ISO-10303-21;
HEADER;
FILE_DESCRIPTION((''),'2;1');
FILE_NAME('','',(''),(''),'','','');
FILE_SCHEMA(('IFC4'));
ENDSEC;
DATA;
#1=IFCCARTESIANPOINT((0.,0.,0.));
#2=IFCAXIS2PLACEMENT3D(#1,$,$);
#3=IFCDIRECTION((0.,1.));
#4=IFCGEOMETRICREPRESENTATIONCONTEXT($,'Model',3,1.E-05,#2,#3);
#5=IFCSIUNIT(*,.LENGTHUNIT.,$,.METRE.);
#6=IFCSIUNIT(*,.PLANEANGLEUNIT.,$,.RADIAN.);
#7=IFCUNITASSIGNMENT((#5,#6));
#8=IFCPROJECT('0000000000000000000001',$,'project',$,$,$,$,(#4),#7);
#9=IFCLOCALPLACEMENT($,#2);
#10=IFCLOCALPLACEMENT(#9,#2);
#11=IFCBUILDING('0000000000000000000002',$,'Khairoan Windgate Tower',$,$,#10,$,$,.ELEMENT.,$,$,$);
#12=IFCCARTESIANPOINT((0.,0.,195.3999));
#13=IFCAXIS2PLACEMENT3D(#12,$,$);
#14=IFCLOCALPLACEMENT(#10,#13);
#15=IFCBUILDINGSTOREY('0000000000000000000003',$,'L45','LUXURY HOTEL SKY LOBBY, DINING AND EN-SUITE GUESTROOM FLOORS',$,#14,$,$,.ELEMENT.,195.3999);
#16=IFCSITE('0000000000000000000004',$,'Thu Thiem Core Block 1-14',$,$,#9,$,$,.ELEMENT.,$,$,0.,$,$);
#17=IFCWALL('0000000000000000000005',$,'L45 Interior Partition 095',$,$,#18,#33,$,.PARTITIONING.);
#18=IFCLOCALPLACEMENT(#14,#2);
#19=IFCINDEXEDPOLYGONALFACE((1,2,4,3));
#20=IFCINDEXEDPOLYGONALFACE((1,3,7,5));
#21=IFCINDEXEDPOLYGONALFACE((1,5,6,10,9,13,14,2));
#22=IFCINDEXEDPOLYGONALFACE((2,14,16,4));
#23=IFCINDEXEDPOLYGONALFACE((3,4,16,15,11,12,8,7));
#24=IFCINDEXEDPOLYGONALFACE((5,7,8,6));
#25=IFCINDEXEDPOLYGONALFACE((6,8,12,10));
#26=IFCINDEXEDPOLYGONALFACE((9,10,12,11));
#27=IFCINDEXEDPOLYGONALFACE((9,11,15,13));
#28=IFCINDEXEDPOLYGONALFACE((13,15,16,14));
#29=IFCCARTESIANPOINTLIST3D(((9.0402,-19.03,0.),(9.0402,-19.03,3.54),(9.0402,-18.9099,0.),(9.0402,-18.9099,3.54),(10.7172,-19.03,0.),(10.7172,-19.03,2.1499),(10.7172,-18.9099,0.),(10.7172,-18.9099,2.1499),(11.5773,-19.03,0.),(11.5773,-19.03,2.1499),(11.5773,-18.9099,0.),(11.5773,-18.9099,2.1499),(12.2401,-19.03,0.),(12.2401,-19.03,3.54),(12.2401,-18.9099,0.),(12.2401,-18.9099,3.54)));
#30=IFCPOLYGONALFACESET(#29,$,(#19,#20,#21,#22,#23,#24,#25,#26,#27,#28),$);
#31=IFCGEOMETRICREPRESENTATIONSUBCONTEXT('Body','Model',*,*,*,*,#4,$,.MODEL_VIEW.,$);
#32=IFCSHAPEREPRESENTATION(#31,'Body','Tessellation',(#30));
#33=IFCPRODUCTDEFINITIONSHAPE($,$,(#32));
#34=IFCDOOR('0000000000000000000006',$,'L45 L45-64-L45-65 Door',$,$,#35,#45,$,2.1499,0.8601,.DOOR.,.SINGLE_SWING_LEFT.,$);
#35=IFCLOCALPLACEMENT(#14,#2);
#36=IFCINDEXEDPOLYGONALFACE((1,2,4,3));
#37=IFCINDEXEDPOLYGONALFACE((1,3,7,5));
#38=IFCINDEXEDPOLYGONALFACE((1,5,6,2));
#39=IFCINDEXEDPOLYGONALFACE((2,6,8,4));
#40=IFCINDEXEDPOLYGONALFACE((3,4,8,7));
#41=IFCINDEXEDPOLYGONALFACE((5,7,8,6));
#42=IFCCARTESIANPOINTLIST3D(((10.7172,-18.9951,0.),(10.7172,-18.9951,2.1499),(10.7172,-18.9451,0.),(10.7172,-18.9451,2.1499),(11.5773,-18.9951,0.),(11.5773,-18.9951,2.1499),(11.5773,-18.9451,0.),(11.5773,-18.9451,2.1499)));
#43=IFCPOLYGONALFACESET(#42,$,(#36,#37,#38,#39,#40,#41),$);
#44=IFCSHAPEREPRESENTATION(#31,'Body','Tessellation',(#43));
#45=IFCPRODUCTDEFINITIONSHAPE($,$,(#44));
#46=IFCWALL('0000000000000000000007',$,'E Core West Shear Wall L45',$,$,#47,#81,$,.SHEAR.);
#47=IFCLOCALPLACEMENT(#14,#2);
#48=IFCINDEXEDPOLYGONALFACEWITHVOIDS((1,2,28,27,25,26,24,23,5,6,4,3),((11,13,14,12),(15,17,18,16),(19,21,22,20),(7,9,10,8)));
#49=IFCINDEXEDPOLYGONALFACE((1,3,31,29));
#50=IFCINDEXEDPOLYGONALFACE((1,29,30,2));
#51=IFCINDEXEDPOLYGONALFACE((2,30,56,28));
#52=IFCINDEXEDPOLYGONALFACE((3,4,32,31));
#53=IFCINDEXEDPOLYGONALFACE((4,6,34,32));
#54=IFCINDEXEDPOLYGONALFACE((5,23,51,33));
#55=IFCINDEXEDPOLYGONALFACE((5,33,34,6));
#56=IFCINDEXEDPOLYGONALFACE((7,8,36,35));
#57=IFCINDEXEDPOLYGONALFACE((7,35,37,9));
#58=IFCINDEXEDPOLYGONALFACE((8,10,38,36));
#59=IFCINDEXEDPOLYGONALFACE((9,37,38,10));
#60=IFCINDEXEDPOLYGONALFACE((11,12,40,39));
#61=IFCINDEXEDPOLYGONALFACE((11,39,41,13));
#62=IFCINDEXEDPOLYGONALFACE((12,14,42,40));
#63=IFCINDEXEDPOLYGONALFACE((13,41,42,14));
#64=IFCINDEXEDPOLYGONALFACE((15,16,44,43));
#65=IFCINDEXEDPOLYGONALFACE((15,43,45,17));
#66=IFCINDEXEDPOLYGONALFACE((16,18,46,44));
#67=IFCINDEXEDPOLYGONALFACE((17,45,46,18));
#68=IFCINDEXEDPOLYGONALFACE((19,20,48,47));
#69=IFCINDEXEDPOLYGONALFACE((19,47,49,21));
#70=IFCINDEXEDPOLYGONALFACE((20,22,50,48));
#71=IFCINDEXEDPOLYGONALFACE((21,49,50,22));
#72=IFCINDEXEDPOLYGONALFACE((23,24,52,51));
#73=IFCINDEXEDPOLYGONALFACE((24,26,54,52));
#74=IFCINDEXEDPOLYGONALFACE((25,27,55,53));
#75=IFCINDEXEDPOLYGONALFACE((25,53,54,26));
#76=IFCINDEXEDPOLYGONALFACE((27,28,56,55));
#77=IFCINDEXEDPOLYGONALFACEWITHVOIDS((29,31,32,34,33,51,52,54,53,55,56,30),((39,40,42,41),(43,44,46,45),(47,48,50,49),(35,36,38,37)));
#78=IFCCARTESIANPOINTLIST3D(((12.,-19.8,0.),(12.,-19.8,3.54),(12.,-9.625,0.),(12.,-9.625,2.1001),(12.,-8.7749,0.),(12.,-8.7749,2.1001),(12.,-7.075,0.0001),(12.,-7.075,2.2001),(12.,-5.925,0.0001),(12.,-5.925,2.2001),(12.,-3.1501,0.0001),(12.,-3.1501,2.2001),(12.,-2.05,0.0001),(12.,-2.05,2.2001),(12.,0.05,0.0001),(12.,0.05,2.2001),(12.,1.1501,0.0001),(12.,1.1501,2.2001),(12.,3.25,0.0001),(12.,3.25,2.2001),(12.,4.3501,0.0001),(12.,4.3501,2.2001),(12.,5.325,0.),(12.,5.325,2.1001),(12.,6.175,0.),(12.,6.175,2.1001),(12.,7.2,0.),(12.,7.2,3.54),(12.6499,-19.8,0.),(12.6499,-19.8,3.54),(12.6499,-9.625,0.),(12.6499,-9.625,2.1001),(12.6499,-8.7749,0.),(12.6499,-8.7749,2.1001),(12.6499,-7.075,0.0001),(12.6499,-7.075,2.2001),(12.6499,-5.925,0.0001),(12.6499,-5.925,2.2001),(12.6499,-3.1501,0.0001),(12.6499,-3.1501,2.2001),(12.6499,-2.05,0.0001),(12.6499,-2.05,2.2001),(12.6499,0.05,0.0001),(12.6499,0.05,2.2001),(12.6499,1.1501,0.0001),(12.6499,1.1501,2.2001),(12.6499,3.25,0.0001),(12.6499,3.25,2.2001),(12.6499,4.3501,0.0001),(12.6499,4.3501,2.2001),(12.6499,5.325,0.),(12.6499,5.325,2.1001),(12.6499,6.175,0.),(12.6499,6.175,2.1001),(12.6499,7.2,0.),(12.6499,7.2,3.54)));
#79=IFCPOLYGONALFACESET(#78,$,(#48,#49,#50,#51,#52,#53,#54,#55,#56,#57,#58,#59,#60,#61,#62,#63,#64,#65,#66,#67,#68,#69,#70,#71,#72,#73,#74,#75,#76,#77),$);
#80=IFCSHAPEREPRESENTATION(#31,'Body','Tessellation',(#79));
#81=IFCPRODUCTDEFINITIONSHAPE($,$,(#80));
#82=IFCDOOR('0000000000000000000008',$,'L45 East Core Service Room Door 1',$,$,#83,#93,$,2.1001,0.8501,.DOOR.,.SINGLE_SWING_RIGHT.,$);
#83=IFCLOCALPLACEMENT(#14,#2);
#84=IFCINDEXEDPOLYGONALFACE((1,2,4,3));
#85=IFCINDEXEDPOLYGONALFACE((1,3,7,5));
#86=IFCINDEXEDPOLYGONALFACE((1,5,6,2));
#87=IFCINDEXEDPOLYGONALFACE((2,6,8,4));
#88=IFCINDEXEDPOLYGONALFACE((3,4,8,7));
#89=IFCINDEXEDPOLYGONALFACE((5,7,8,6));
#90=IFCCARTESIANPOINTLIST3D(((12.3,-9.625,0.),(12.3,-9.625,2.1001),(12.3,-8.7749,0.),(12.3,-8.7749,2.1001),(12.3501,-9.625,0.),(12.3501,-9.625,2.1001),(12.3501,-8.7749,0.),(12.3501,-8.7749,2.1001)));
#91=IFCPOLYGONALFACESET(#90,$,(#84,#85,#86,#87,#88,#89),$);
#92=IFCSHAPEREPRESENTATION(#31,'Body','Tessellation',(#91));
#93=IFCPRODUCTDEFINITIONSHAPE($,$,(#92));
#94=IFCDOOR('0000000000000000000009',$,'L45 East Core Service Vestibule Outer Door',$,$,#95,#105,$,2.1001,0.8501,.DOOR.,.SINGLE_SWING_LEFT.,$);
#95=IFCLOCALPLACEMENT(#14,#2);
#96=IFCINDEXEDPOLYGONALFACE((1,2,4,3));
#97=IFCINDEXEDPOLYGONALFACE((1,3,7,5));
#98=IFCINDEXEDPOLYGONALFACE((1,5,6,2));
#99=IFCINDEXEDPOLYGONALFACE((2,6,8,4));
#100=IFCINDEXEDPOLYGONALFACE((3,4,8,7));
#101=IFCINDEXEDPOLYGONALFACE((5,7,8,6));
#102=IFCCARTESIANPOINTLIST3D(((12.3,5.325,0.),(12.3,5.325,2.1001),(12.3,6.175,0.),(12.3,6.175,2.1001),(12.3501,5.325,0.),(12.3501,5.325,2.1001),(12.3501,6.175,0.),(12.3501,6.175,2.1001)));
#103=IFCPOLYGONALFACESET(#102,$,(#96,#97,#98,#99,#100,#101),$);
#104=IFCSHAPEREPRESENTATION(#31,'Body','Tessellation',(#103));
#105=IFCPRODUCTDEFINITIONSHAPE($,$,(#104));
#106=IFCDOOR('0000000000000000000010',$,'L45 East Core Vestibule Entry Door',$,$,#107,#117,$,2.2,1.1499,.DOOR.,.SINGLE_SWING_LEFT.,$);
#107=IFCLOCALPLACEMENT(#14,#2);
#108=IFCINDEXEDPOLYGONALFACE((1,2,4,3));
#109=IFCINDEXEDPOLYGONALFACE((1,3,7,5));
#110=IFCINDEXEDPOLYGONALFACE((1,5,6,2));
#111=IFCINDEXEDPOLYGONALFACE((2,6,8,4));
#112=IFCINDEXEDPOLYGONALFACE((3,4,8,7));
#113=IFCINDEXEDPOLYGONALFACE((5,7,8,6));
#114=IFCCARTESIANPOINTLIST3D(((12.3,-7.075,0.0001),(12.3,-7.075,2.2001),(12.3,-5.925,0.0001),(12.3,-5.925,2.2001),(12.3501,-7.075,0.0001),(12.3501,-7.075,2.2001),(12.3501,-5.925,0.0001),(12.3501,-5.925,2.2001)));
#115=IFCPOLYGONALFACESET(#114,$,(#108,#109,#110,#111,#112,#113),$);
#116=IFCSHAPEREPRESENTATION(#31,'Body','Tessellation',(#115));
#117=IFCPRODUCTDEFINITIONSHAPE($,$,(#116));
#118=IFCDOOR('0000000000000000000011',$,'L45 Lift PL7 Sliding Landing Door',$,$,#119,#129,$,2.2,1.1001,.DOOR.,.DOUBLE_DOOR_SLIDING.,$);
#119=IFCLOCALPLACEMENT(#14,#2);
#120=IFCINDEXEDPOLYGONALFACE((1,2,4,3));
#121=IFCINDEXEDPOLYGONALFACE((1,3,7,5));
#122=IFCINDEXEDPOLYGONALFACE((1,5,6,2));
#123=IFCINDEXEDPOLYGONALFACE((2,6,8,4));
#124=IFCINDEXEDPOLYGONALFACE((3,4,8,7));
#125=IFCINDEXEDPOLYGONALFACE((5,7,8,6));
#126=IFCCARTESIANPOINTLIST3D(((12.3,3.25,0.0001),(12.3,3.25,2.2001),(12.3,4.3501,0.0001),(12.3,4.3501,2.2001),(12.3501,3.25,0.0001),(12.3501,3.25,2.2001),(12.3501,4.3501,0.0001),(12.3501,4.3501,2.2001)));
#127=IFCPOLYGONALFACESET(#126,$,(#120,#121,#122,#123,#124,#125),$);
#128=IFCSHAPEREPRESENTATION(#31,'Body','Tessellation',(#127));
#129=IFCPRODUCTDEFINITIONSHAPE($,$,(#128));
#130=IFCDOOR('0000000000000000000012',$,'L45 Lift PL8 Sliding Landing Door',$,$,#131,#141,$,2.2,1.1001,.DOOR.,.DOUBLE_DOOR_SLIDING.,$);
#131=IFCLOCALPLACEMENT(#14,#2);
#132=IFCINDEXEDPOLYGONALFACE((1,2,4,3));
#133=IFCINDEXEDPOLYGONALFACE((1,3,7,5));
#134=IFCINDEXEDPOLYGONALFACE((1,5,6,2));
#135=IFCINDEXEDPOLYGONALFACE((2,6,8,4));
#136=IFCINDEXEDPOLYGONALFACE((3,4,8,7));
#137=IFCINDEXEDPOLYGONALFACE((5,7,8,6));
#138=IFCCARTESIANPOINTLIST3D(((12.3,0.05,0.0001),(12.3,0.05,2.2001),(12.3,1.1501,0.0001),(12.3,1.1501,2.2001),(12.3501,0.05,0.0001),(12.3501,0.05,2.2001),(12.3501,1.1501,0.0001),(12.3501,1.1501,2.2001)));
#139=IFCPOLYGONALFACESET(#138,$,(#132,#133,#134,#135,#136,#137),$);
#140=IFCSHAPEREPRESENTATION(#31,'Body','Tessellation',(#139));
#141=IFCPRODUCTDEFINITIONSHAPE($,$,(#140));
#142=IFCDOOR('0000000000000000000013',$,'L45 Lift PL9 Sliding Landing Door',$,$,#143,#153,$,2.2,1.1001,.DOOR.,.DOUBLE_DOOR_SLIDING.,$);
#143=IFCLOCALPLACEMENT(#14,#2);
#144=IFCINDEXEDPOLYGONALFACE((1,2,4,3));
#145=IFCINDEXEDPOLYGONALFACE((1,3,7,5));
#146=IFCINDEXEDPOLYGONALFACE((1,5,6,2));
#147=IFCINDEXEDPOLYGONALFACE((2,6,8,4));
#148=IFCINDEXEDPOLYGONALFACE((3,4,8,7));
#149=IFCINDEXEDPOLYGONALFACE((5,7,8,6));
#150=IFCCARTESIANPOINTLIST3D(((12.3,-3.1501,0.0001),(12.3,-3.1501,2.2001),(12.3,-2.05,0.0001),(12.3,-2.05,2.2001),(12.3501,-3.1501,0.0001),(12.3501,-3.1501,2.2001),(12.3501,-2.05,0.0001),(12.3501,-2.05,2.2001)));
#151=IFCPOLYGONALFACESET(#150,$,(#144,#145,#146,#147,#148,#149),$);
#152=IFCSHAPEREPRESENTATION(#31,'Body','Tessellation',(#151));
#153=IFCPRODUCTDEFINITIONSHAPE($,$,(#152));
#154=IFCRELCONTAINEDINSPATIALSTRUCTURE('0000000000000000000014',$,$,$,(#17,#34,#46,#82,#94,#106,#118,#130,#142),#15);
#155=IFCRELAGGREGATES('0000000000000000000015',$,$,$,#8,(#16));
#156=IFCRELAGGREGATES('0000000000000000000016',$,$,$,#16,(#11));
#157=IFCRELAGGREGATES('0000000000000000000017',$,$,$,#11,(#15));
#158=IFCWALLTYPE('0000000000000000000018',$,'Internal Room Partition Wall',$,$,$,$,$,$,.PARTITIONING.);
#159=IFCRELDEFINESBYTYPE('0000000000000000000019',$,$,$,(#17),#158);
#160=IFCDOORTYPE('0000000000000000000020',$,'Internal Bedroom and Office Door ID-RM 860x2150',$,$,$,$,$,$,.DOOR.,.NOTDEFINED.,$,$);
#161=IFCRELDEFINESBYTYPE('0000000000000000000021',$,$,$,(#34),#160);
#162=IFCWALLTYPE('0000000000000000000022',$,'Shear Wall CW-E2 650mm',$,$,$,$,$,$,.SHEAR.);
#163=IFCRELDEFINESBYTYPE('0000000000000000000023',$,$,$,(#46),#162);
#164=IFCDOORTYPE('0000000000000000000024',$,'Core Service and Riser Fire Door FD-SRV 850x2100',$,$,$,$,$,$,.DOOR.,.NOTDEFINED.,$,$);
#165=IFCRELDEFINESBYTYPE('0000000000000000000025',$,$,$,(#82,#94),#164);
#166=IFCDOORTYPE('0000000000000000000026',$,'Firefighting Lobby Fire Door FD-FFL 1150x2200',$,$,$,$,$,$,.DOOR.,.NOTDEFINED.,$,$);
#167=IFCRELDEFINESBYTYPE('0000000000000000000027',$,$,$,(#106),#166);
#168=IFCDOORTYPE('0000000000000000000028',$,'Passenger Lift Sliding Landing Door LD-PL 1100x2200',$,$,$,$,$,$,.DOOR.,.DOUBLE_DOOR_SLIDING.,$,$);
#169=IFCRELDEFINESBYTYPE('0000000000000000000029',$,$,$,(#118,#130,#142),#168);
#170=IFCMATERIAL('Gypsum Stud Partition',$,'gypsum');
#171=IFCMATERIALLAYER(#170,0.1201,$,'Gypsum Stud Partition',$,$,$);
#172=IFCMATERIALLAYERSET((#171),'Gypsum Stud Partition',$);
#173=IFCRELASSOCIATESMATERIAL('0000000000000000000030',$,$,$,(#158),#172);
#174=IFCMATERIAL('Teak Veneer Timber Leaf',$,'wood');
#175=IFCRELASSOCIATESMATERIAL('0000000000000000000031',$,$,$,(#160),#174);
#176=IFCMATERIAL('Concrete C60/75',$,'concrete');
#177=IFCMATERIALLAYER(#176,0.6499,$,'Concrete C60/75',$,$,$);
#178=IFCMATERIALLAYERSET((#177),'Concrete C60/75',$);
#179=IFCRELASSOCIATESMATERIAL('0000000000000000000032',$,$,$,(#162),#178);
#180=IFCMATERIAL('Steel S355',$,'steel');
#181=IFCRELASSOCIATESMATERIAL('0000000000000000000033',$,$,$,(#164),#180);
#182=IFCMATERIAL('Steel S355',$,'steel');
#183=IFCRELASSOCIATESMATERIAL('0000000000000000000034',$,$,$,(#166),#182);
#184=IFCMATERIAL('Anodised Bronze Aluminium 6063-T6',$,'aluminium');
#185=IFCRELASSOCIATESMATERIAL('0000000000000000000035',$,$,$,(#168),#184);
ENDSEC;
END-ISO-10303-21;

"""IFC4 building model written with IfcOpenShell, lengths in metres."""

from ifc_helpers import new_model, si_unit, direction, frame, frame_2d, origin, place, context, subcontext, project, spatial, rectangle, extrude, material, layer, layer_set, type_object, element, fill, save


model = new_model("IFC4")

# Units and contexts
model_context = context("Model", 3, precision=1e-05, world=origin(), true_north=direction((0.0, 1.0)))
body_context = subcontext(model_context, "Body", "Model", "MODEL_VIEW")
ifc_project = project(units=[si_unit("LENGTHUNIT", "METRE"), si_unit("PLANEANGLEUNIT", "RADIAN")], contexts=[model_context])

# Site, building, storey
site_placement = place(None, origin())
site = spatial("IfcSite", under=ifc_project, at=site_placement, Name="Thu Thiem Core Block 1-14", CompositionType="ELEMENT", RefElevation=0.0)
building_placement = place(site_placement, origin())
building = spatial("IfcBuilding", under=site, at=building_placement, Name="Khairoan Windgate Tower", CompositionType="ELEMENT")
storey_placement = place(building_placement, frame((0.0, 0.0, 195.3999)))
storey = spatial("IfcBuildingStorey", under=building, at=storey_placement, Name="L45", Description="LUXURY HOTEL SKY LOBBY, DINING AND EN-SUITE GUESTROOM FLOORS", CompositionType="ELEMENT", Elevation=195.3999)

# Wall, opening, door
ifc_material_1 = material(Name="Gypsum Stud Partition", Category="gypsum")
ifc_layer_1 = layer(ifc_material_1, 0.1201, Name="Gypsum Stud Partition")
ifc_layer_set_1 = layer_set([ifc_layer_1], Name="Gypsum Stud Partition")
wall_type_1 = type_object("IfcWallType", Name="Internal Room Partition Wall", PredefinedType="PARTITIONING", material=ifc_layer_set_1)
wall_1_placement = place(storey_placement, frame((9.04, -18.97, 0.0), z_axis=(0.0, 0.0, 1.0), x_axis=(1.0, 0.0, 0.0)))
wall_1 = element("IfcWall", 1, at=wall_1_placement, inside=storey, type_object=wall_type_1, Name="L45 Interior Partition 095", PredefinedType="PARTITIONING", context=body_context, shape_type="SweptSolid", body=[
    extrude(rectangle(XDim=3.2, YDim=0.1201, at=frame_2d((1.6001, 0.0))), origin(), (0.0, 0.0, 1.0), 3.54),
])
opening_1_placement = place(wall_1_placement, frame((1.677, 0.0, 0.0)))
opening_1 = element("IfcOpeningElement", 2, at=opening_1_placement, cuts=wall_1, PredefinedType="OPENING", context=body_context, shape_type="SweptSolid", body=[
    extrude(rectangle(XDim=0.8601, YDim=2.1499, at=frame_2d((0.4302, 1.075))), frame((0.0, 0.0701, 0.0), z_axis=(0.0, -1.0, 0.0), x_axis=(1.0, 0.0, 0.0)), (0.0, 0.0, 1.0), 0.1401),
])
ifc_material_2 = material(Name="Teak Veneer Timber Leaf", Category="wood")
door_type_1 = type_object("IfcDoorType", Name="Internal Bedroom and Office Door ID-RM 860x2150", OperationType="NOTDEFINED", PredefinedType="DOOR", material=ifc_material_2)
door_1_placement = place(opening_1_placement, origin())
door_1 = element("IfcDoor", 3, at=door_1_placement, inside=storey, type_object=door_type_1, Name="L45 L45-64-L45-65 Door", OperationType="SINGLE_SWING_LEFT", OverallHeight=2.1499, OverallWidth=0.8601, PredefinedType="DOOR", context=body_context, shape_type="SweptSolid", body=[
    extrude(rectangle(XDim=0.8601, YDim=2.1499, at=frame_2d((0.4302, 1.075))), frame((0.0, 0.0249, 0.0), z_axis=(0.0, -1.0, 0.0), x_axis=(1.0, 0.0, 0.0)), (0.0, 0.0, 1.0), 0.05),
])
fill(opening_1, door_1)

# Wall, openings, doors
ifc_material_3 = material(Name="Concrete C60/75", Category="concrete")
ifc_layer_2 = layer(ifc_material_3, 0.6499, Name="Concrete C60/75")
ifc_layer_set_2 = layer_set([ifc_layer_2], Name="Concrete C60/75")
wall_type_2 = type_object("IfcWallType", Name="Shear Wall CW-E2 650mm", PredefinedType="SHEAR", material=ifc_layer_set_2)
wall_2_placement = place(storey_placement, frame((12.325, -19.8, 0.0), z_axis=(0.0, 0.0, 1.0), x_axis=(0.0, 1.0, 0.0)))
wall_2 = element("IfcWall", 4, at=wall_2_placement, inside=storey, type_object=wall_type_2, Name="E Core West Shear Wall L45", PredefinedType="SHEAR", context=body_context, shape_type="SweptSolid", body=[
    extrude(rectangle(XDim=27.0, YDim=0.6499, at=frame_2d((13.5, 0.0))), origin(), (0.0, 0.0, 1.0), 3.54),
])
opening_2_placement = place(wall_2_placement, frame((23.05, 0.0, 0.0)))
opening_2 = element("IfcOpeningElement", 5, at=opening_2_placement, cuts=wall_2, PredefinedType="OPENING", context=body_context, shape_type="SweptSolid", body=[
    extrude(rectangle(XDim=1.1001, YDim=2.2, at=frame_2d((0.55, 1.1001))), frame((0.0, 0.335, 0.0), z_axis=(0.0, -1.0, 0.0), x_axis=(1.0, 0.0, 0.0)), (0.0, 0.0, 1.0), 0.6699),
])
opening_3_placement = place(wall_2_placement, frame((19.8501, 0.0, 0.0)))
opening_3 = element("IfcOpeningElement", 6, at=opening_3_placement, cuts=wall_2, PredefinedType="OPENING", context=body_context, shape_type="SweptSolid", body=[
    extrude(rectangle(XDim=1.1001, YDim=2.2, at=frame_2d((0.55, 1.1001))), frame((0.0, 0.335, 0.0), z_axis=(0.0, -1.0, 0.0), x_axis=(1.0, 0.0, 0.0)), (0.0, 0.0, 1.0), 0.6699),
])
opening_4_placement = place(wall_2_placement, frame((16.6499, 0.0, 0.0)))
opening_4 = element("IfcOpeningElement", 7, at=opening_4_placement, cuts=wall_2, PredefinedType="OPENING", context=body_context, shape_type="SweptSolid", body=[
    extrude(rectangle(XDim=1.1001, YDim=2.2, at=frame_2d((0.55, 1.1001))), frame((0.0, 0.335, 0.0), z_axis=(0.0, -1.0, 0.0), x_axis=(1.0, 0.0, 0.0)), (0.0, 0.0, 1.0), 0.6699),
])
opening_5_placement = place(wall_2_placement, frame((10.175, 0.0, 0.0)))
opening_5 = element("IfcOpeningElement", 8, at=opening_5_placement, cuts=wall_2, PredefinedType="OPENING", context=body_context, shape_type="SweptSolid", body=[
    extrude(rectangle(XDim=0.8501, YDim=2.1001, at=frame_2d((0.425, 1.05))), frame((0.0, 0.335, 0.0), z_axis=(0.0, -1.0, 0.0), x_axis=(1.0, 0.0, 0.0)), (0.0, 0.0, 1.0), 0.6699),
])
opening_6_placement = place(wall_2_placement, frame((12.7251, 0.0, 0.0)))
opening_6 = element("IfcOpeningElement", 9, at=opening_6_placement, cuts=wall_2, PredefinedType="OPENING", context=body_context, shape_type="SweptSolid", body=[
    extrude(rectangle(XDim=1.1499, YDim=2.2, at=frame_2d((0.575, 1.1001))), frame((0.0, 0.335, 0.0), z_axis=(0.0, -1.0, 0.0), x_axis=(1.0, 0.0, 0.0)), (0.0, 0.0, 1.0), 0.6699),
])
opening_7_placement = place(wall_2_placement, frame((25.125, 0.0, 0.0)))
opening_7 = element("IfcOpeningElement", 10, at=opening_7_placement, cuts=wall_2, PredefinedType="OPENING", context=body_context, shape_type="SweptSolid", body=[
    extrude(rectangle(XDim=0.8501, YDim=2.1001, at=frame_2d((0.425, 1.05))), frame((0.0, 0.335, 0.0), z_axis=(0.0, -1.0, 0.0), x_axis=(1.0, 0.0, 0.0)), (0.0, 0.0, 1.0), 0.6699),
])
ifc_material_4 = material(Name="Steel S355", Category="steel")
door_type_2 = type_object("IfcDoorType", Name="Core Service and Riser Fire Door FD-SRV 850x2100", OperationType="NOTDEFINED", PredefinedType="DOOR", material=ifc_material_4)
door_2_placement = place(opening_5_placement, origin())
door_2 = element("IfcDoor", 11, at=door_2_placement, inside=storey, type_object=door_type_2, Name="L45 East Core Service Room Door 1", OperationType="SINGLE_SWING_RIGHT", OverallHeight=2.1001, OverallWidth=0.8501, PredefinedType="DOOR", context=body_context, shape_type="SweptSolid", body=[
    extrude(rectangle(XDim=0.8501, YDim=2.1001, at=frame_2d((0.425, 1.05))), frame((0.0, 0.0249, 0.0), z_axis=(0.0, -1.0, 0.0), x_axis=(1.0, 0.0, 0.0)), (0.0, 0.0, 1.0), 0.05),
])
fill(opening_5, door_2)
door_3_placement = place(opening_7_placement, origin())
door_3 = element("IfcDoor", 12, at=door_3_placement, inside=storey, type_object=door_type_2, Name="L45 East Core Service Vestibule Outer Door", OperationType="SINGLE_SWING_LEFT", OverallHeight=2.1001, OverallWidth=0.8501, PredefinedType="DOOR", context=body_context, shape_type="SweptSolid", body=[
    extrude(rectangle(XDim=0.8501, YDim=2.1001, at=frame_2d((0.425, 1.05))), frame((0.0, 0.0249, 0.0), z_axis=(0.0, -1.0, 0.0), x_axis=(1.0, 0.0, 0.0)), (0.0, 0.0, 1.0), 0.05),
])
fill(opening_7, door_3)
ifc_material_5 = material(Name="Steel S355", Category="steel")
door_type_3 = type_object("IfcDoorType", Name="Firefighting Lobby Fire Door FD-FFL 1150x2200", OperationType="NOTDEFINED", PredefinedType="DOOR", material=ifc_material_5)
door_4_placement = place(opening_6_placement, origin())
door_4 = element("IfcDoor", 13, at=door_4_placement, inside=storey, type_object=door_type_3, Name="L45 East Core Vestibule Entry Door", OperationType="SINGLE_SWING_LEFT", OverallHeight=2.2, OverallWidth=1.1499, PredefinedType="DOOR", context=body_context, shape_type="SweptSolid", body=[
    extrude(rectangle(XDim=1.1499, YDim=2.2, at=frame_2d((0.575, 1.1001))), frame((0.0, 0.0249, 0.0), z_axis=(0.0, -1.0, 0.0), x_axis=(1.0, 0.0, 0.0)), (0.0, 0.0, 1.0), 0.05),
])
fill(opening_6, door_4)
ifc_material_6 = material(Name="Anodised Bronze Aluminium 6063-T6", Category="aluminium")
door_type_4 = type_object("IfcDoorType", Name="Passenger Lift Sliding Landing Door LD-PL 1100x2200", OperationType="DOUBLE_DOOR_SLIDING", PredefinedType="DOOR", material=ifc_material_6)
door_5_placement = place(opening_2_placement, origin())
door_5 = element("IfcDoor", 14, at=door_5_placement, inside=storey, type_object=door_type_4, Name="L45 Lift PL7 Sliding Landing Door", OperationType="DOUBLE_DOOR_SLIDING", OverallHeight=2.2, OverallWidth=1.1001, PredefinedType="DOOR", context=body_context, shape_type="SweptSolid", body=[
    extrude(rectangle(XDim=1.1001, YDim=2.2, at=frame_2d((0.55, 1.1001))), frame((0.0, 0.0249, 0.0), z_axis=(0.0, -1.0, 0.0), x_axis=(1.0, 0.0, 0.0)), (0.0, 0.0, 1.0), 0.05),
])
fill(opening_2, door_5)
door_6_placement = place(opening_3_placement, origin())
door_6 = element("IfcDoor", 15, at=door_6_placement, inside=storey, type_object=door_type_4, Name="L45 Lift PL8 Sliding Landing Door", OperationType="DOUBLE_DOOR_SLIDING", OverallHeight=2.2, OverallWidth=1.1001, PredefinedType="DOOR", context=body_context, shape_type="SweptSolid", body=[
    extrude(rectangle(XDim=1.1001, YDim=2.2, at=frame_2d((0.55, 1.1001))), frame((0.0, 0.0249, 0.0), z_axis=(0.0, -1.0, 0.0), x_axis=(1.0, 0.0, 0.0)), (0.0, 0.0, 1.0), 0.05),
])
fill(opening_3, door_6)
door_7_placement = place(opening_4_placement, origin())
door_7 = element("IfcDoor", 16, at=door_7_placement, inside=storey, type_object=door_type_4, Name="L45 Lift PL9 Sliding Landing Door", OperationType="DOUBLE_DOOR_SLIDING", OverallHeight=2.2, OverallWidth=1.1001, PredefinedType="DOOR", context=body_context, shape_type="SweptSolid", body=[
    extrude(rectangle(XDim=1.1001, YDim=2.2, at=frame_2d((0.55, 1.1001))), frame((0.0, 0.0249, 0.0), z_axis=(0.0, -1.0, 0.0), x_axis=(1.0, 0.0, 0.0)), (0.0, 0.0, 1.0), 0.05),
])
fill(opening_4, door_7)

save(model, "model.ifc")
